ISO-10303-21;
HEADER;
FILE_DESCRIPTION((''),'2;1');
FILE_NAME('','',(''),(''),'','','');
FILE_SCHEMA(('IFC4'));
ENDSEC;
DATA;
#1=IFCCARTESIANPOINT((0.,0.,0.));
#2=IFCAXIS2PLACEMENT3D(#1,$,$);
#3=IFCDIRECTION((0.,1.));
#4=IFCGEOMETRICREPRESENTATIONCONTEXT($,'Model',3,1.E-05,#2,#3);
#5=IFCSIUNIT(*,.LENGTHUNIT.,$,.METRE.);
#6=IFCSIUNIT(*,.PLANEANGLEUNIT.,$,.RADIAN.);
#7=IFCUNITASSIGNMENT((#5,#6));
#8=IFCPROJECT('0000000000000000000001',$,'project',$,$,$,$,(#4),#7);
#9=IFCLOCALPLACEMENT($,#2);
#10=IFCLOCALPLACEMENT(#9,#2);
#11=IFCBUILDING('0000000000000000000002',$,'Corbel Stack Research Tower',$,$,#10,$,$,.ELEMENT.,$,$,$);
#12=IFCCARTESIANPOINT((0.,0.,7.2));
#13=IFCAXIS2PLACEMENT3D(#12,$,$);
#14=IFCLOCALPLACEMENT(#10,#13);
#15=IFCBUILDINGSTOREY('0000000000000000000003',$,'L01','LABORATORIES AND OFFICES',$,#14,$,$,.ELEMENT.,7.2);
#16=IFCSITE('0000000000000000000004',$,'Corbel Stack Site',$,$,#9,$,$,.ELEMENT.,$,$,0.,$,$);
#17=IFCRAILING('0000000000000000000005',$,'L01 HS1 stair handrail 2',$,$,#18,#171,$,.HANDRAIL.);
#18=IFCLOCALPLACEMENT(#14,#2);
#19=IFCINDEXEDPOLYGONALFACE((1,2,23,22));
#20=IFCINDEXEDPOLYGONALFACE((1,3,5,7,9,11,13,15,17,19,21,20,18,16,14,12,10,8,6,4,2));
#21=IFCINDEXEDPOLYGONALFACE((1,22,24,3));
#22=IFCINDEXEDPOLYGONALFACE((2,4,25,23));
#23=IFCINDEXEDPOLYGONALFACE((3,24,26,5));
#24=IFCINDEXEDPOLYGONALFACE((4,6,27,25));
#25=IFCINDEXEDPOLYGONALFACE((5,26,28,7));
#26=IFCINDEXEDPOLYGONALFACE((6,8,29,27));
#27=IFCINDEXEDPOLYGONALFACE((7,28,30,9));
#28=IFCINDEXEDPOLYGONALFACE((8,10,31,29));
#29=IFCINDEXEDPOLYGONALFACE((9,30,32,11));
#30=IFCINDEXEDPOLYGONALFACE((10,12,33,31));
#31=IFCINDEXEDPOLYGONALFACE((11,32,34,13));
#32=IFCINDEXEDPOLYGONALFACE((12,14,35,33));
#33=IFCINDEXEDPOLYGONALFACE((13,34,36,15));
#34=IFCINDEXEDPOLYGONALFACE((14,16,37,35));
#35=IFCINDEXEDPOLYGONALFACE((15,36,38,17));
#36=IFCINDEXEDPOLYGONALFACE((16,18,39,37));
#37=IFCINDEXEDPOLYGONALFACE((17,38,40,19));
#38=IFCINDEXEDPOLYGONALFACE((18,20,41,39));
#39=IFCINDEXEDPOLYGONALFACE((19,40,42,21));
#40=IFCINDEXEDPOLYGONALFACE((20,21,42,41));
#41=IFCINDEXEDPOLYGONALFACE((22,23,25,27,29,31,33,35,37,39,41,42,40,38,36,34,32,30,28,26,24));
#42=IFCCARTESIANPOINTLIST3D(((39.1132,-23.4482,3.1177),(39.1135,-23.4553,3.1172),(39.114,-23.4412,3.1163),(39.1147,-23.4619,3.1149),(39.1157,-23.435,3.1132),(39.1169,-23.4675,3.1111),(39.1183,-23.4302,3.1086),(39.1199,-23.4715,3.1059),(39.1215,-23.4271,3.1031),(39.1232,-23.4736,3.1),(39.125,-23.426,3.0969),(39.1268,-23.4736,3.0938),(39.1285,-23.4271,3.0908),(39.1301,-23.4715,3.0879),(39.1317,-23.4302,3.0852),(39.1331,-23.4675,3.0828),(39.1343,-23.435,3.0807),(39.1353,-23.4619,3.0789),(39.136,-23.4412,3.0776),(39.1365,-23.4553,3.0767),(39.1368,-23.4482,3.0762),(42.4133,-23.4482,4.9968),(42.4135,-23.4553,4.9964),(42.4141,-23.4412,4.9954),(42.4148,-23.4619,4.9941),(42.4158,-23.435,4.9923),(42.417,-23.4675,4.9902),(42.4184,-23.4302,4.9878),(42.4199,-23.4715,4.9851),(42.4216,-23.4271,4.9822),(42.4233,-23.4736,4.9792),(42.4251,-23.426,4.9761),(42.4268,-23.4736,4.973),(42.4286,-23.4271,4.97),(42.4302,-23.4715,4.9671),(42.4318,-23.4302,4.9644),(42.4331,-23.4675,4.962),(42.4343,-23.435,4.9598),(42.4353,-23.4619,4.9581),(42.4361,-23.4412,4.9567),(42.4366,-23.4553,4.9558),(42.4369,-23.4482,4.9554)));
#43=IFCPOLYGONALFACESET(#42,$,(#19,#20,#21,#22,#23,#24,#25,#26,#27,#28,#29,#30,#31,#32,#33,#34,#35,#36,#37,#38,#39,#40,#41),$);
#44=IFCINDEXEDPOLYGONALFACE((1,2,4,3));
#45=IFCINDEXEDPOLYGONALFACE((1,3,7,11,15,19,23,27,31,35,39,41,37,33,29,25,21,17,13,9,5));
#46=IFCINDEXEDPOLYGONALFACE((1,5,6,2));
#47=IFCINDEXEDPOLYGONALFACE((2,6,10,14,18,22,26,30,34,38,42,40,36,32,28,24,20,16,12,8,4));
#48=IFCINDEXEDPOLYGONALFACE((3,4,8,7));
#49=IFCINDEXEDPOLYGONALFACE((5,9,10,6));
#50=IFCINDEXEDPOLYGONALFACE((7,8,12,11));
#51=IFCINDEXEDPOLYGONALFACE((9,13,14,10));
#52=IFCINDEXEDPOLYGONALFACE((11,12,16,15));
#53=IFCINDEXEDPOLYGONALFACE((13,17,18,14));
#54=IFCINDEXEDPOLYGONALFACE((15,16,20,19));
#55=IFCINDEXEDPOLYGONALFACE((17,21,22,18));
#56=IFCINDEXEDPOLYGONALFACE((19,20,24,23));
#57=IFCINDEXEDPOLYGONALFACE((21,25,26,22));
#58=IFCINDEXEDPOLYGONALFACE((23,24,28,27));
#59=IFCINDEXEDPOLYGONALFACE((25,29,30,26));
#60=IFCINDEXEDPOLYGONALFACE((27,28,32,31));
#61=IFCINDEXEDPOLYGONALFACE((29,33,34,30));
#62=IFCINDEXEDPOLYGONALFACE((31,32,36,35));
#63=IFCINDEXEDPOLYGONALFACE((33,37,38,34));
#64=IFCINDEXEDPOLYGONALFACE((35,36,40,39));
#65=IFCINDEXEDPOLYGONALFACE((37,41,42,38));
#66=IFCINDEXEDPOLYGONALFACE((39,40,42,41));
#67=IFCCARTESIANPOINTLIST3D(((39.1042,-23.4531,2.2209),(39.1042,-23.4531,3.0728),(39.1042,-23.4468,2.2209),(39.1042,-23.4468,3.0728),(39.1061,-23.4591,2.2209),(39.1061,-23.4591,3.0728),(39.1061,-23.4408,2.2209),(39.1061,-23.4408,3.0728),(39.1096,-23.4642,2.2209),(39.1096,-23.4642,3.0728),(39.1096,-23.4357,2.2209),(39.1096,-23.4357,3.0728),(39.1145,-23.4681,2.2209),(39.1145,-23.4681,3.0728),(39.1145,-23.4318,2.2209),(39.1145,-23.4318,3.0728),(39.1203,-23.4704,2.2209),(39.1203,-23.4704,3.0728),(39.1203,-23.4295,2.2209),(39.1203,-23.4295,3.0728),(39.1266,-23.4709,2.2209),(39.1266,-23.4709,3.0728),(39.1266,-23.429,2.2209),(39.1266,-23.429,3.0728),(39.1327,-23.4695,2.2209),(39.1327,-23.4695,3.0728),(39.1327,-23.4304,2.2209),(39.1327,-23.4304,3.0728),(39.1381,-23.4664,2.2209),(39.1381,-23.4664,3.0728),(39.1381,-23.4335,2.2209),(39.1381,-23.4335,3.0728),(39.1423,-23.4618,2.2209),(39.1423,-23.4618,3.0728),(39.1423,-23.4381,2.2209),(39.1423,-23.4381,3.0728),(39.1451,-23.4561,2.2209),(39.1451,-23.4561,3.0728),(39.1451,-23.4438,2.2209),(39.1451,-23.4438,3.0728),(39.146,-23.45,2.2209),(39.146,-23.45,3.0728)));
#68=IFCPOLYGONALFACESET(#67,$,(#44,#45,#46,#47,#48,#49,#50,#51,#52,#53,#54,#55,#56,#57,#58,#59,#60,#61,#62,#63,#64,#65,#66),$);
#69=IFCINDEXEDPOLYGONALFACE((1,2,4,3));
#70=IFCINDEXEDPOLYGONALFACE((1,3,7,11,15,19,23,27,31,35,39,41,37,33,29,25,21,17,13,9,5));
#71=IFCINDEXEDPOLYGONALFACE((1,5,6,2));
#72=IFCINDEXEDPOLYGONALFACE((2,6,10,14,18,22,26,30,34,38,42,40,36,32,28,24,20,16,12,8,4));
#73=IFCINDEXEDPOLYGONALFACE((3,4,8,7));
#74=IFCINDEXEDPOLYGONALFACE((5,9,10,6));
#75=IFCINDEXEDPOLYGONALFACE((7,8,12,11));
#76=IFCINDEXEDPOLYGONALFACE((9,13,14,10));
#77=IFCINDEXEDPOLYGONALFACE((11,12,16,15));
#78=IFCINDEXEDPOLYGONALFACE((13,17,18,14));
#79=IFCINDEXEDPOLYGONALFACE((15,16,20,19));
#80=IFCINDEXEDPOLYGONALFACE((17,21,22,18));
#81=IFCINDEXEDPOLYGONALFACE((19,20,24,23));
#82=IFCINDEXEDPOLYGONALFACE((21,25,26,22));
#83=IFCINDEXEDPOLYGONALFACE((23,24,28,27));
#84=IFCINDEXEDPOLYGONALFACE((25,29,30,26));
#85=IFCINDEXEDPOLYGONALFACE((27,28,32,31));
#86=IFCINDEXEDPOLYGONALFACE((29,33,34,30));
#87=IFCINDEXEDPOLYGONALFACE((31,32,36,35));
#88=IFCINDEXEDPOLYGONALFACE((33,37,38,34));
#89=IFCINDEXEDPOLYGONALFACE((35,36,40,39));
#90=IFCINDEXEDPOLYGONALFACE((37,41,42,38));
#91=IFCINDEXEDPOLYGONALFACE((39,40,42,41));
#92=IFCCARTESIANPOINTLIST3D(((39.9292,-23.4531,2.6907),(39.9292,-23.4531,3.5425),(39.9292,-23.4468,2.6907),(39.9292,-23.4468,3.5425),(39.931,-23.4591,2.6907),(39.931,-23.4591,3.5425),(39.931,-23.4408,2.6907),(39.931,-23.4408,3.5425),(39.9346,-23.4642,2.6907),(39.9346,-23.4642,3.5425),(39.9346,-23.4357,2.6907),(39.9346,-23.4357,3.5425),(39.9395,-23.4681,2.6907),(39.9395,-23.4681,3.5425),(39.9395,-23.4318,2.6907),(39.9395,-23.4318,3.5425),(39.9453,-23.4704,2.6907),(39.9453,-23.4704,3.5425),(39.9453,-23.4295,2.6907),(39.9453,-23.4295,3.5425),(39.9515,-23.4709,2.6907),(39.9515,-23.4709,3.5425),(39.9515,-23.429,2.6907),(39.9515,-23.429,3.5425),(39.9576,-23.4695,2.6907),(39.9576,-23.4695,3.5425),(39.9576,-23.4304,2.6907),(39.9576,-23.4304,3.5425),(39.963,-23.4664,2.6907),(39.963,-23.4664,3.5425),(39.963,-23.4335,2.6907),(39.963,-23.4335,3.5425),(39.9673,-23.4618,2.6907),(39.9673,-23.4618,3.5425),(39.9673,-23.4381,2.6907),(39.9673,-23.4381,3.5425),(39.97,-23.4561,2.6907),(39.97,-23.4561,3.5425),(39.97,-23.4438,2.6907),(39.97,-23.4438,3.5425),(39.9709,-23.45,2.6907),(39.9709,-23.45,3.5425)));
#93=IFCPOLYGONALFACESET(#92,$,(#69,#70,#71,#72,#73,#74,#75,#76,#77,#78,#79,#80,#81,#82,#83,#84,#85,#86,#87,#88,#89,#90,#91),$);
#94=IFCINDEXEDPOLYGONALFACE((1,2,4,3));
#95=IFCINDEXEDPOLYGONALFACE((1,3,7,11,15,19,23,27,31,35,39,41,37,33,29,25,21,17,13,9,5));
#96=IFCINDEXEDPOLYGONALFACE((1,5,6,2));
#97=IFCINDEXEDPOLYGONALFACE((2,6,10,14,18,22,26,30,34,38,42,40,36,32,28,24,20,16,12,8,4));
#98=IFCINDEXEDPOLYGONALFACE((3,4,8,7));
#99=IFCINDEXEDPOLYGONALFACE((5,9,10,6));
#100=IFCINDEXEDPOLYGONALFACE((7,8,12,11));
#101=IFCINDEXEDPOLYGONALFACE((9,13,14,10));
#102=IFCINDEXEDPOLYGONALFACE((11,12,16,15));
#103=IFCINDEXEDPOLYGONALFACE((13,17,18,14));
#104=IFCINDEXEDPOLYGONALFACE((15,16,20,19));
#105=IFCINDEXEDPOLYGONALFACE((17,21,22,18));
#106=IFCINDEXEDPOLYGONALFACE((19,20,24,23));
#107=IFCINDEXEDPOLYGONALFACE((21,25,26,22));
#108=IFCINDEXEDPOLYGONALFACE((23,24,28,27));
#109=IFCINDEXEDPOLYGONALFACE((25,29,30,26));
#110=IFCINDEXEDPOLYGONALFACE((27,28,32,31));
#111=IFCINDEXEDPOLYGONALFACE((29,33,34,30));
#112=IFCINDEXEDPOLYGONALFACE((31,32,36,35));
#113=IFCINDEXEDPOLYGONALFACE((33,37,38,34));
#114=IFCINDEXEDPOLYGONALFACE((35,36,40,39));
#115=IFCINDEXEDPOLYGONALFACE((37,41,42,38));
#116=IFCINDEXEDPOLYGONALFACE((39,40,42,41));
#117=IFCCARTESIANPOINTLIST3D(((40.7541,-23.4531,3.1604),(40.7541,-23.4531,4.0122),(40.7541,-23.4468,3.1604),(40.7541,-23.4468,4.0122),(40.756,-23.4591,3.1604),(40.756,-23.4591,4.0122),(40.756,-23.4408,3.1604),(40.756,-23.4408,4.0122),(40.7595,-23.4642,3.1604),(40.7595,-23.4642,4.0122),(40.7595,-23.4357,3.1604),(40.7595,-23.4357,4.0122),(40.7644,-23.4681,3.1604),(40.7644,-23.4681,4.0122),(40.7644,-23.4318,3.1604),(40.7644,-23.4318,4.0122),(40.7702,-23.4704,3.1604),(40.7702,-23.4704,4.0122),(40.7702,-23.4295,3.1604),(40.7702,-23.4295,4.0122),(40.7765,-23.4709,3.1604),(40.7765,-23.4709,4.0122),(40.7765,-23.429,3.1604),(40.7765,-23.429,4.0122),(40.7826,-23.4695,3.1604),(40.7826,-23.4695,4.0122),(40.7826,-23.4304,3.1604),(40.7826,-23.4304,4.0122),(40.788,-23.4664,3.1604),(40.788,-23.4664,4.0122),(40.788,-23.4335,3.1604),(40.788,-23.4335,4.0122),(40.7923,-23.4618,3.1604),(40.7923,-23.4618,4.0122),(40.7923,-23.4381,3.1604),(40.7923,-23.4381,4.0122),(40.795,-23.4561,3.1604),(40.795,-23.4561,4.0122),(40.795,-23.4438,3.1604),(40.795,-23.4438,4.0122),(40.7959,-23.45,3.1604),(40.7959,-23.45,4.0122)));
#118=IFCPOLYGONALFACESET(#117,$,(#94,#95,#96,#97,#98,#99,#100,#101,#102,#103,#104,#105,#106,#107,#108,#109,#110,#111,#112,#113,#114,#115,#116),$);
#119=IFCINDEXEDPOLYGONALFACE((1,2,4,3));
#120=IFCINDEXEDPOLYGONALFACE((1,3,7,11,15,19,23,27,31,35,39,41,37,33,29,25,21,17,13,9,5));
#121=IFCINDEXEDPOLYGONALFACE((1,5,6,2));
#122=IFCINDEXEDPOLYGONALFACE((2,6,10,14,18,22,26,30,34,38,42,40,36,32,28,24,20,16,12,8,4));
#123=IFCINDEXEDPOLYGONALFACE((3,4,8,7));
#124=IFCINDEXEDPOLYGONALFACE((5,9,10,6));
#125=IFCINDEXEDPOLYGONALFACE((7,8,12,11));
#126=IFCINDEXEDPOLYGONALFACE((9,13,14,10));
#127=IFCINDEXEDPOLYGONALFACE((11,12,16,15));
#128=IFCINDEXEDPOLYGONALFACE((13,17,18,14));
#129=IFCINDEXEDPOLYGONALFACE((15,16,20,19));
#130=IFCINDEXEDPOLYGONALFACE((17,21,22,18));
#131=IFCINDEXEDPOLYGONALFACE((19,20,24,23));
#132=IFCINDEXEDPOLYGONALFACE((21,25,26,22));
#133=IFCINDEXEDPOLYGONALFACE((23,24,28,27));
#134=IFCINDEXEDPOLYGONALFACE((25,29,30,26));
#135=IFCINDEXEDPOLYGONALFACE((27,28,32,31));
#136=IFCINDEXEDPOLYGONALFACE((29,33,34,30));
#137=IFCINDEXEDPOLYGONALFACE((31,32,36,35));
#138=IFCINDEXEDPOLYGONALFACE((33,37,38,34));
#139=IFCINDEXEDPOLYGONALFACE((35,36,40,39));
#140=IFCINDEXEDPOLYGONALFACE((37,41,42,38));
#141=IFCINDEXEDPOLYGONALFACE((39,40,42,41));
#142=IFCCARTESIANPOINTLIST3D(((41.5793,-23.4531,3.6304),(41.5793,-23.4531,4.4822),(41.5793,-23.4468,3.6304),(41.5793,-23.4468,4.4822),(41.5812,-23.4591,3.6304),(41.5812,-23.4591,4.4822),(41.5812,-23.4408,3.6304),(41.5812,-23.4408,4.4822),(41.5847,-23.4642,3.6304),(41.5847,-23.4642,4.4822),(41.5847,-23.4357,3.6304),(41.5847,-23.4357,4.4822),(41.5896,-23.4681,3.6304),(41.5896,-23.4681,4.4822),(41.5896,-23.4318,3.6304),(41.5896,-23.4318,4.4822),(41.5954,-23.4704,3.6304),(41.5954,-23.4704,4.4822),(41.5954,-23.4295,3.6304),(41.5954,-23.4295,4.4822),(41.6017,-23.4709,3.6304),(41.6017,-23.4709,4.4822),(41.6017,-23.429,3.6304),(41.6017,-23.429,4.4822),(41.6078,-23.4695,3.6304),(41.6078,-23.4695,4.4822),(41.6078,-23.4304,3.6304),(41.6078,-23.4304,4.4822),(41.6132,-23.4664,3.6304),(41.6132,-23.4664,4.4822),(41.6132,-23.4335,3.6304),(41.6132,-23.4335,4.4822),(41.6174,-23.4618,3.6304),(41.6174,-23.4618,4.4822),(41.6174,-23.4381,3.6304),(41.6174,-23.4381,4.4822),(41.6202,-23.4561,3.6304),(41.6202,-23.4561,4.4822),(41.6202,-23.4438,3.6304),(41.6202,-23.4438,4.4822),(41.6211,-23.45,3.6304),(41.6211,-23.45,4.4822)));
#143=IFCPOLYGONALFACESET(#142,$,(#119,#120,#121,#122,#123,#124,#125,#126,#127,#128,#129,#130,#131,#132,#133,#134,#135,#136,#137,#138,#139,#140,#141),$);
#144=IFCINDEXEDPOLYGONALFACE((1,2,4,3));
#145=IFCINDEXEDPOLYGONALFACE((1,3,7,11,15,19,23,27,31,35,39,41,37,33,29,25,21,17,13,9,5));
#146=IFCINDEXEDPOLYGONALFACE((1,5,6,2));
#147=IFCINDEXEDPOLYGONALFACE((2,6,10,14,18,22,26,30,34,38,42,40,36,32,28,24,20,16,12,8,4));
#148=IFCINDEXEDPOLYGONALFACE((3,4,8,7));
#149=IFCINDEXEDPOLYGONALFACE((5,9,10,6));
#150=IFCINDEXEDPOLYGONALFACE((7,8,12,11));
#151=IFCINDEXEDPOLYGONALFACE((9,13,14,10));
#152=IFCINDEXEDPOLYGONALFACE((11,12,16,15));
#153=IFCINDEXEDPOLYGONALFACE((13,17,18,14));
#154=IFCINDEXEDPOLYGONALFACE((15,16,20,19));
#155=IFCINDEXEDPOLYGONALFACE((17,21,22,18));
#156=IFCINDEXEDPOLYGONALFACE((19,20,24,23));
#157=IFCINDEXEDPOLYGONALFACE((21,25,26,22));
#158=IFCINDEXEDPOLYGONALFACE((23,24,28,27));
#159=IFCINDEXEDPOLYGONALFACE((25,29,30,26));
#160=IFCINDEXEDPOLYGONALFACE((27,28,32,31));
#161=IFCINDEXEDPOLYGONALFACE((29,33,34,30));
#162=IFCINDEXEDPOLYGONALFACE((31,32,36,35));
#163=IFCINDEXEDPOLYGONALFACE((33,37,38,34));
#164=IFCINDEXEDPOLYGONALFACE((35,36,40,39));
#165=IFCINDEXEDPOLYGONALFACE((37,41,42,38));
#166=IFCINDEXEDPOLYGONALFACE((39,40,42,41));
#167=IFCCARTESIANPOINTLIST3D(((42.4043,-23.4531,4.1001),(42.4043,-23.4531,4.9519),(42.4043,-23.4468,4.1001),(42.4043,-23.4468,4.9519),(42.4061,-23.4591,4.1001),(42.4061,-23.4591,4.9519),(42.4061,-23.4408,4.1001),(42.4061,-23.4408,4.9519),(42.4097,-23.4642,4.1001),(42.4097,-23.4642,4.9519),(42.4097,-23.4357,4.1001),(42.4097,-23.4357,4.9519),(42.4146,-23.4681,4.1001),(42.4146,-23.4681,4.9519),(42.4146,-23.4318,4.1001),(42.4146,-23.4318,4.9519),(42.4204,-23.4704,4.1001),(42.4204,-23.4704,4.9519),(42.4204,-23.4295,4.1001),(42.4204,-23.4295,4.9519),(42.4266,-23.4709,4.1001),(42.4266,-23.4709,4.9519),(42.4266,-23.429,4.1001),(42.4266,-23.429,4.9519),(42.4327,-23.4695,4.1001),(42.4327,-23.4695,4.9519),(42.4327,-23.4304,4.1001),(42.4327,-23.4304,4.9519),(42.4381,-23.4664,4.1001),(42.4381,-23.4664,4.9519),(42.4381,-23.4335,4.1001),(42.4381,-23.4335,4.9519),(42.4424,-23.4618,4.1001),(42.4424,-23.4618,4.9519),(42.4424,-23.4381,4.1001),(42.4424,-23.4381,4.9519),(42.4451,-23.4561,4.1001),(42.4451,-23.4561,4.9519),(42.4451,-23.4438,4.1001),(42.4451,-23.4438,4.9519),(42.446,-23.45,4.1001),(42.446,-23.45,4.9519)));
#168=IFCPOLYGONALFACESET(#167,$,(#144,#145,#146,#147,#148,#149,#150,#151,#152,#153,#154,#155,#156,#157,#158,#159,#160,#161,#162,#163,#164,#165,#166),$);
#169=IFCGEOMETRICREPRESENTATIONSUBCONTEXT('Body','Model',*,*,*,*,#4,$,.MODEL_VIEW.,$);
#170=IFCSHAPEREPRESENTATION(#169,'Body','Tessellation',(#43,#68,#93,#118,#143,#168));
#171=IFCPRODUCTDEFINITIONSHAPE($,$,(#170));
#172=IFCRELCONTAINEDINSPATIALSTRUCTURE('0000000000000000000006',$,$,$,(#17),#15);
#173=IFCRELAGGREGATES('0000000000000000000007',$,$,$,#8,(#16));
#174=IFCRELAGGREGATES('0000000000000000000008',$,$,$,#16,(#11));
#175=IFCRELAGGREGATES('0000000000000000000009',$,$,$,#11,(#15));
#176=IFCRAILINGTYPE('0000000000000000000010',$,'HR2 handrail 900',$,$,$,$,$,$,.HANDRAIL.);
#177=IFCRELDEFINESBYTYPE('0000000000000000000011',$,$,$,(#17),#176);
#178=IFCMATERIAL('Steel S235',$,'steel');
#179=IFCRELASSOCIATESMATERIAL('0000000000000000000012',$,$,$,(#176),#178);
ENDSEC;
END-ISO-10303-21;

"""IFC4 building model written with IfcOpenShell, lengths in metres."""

from ifc_helpers import new_model, si_unit, direction, frame, origin, origin_2d, place, context, subcontext, project, spatial, circle, extrude, material, type_object, element, save


model = new_model("IFC4")

# Units and contexts
model_context = context("Model", 3, precision=1e-05, world=origin(), true_north=direction((0.0, 1.0)))
body_context = subcontext(model_context, "Body", "Model", "MODEL_VIEW")
ifc_project = project(units=[si_unit("LENGTHUNIT", "METRE"), si_unit("PLANEANGLEUNIT", "RADIAN")], contexts=[model_context])

# Site, building, storey
site_placement = place(None, origin())
site = spatial("IfcSite", under=ifc_project, at=site_placement, Name="Corbel Stack Site", CompositionType="ELEMENT", RefElevation=0.0)
building_placement = place(site_placement, origin())
building = spatial("IfcBuilding", under=site, at=building_placement, Name="Corbel Stack Research Tower", CompositionType="ELEMENT")
storey_placement = place(building_placement, frame((0.0, 0.0, 7.2)))
storey = spatial("IfcBuildingStorey", under=building, at=storey_placement, Name="L01", Description="LABORATORIES AND OFFICES", CompositionType="ELEMENT", Elevation=7.2)

# Railing
ifc_material_1 = material(Name="Steel S235", Category="steel")
railing_type_1 = type_object("IfcRailingType", Name="HR2 handrail 900", PredefinedType="HANDRAIL", material=ifc_material_1)
railing_1_placement = place(storey_placement, frame((39.125, -23.45, 2.2209)))
element("IfcRailing", 1, at=railing_1_placement, inside=storey, type_object=railing_type_1, Name="L01 HS1 stair handrail 2", PredefinedType="HANDRAIL", context=body_context, shape_type="SweptSolid", body=[
    extrude(circle(Radius=0.0239, at=origin_2d()), frame((0.0, 0.0, 0.876), z_axis=(0.86899, 0.0, 0.49483), x_axis=(0.0, 1.0, 0.0)), (0.0, 0.0, 1.0), 3.7976),
    extrude(circle(Radius=0.021, at=origin_2d()), origin(), (0.0, 0.0, 1.0), 0.8518),
    extrude(circle(Radius=0.021, at=origin_2d()), frame((0.825, 0.0, 0.4697)), (0.0, 0.0, 1.0), 0.8518),
    extrude(circle(Radius=0.021, at=origin_2d()), frame((1.6499, 0.0, 0.9395)), (0.0, 0.0, 1.0), 0.8518),
    extrude(circle(Radius=0.021, at=origin_2d()), frame((2.4751, 0.0, 1.4094)), (0.0, 0.0, 1.0), 0.8518),
    extrude(circle(Radius=0.021, at=origin_2d()), frame((3.3, 0.0, 1.8792)), (0.0, 0.0, 1.0), 0.8518),
])

save(model, "model.ifc")
